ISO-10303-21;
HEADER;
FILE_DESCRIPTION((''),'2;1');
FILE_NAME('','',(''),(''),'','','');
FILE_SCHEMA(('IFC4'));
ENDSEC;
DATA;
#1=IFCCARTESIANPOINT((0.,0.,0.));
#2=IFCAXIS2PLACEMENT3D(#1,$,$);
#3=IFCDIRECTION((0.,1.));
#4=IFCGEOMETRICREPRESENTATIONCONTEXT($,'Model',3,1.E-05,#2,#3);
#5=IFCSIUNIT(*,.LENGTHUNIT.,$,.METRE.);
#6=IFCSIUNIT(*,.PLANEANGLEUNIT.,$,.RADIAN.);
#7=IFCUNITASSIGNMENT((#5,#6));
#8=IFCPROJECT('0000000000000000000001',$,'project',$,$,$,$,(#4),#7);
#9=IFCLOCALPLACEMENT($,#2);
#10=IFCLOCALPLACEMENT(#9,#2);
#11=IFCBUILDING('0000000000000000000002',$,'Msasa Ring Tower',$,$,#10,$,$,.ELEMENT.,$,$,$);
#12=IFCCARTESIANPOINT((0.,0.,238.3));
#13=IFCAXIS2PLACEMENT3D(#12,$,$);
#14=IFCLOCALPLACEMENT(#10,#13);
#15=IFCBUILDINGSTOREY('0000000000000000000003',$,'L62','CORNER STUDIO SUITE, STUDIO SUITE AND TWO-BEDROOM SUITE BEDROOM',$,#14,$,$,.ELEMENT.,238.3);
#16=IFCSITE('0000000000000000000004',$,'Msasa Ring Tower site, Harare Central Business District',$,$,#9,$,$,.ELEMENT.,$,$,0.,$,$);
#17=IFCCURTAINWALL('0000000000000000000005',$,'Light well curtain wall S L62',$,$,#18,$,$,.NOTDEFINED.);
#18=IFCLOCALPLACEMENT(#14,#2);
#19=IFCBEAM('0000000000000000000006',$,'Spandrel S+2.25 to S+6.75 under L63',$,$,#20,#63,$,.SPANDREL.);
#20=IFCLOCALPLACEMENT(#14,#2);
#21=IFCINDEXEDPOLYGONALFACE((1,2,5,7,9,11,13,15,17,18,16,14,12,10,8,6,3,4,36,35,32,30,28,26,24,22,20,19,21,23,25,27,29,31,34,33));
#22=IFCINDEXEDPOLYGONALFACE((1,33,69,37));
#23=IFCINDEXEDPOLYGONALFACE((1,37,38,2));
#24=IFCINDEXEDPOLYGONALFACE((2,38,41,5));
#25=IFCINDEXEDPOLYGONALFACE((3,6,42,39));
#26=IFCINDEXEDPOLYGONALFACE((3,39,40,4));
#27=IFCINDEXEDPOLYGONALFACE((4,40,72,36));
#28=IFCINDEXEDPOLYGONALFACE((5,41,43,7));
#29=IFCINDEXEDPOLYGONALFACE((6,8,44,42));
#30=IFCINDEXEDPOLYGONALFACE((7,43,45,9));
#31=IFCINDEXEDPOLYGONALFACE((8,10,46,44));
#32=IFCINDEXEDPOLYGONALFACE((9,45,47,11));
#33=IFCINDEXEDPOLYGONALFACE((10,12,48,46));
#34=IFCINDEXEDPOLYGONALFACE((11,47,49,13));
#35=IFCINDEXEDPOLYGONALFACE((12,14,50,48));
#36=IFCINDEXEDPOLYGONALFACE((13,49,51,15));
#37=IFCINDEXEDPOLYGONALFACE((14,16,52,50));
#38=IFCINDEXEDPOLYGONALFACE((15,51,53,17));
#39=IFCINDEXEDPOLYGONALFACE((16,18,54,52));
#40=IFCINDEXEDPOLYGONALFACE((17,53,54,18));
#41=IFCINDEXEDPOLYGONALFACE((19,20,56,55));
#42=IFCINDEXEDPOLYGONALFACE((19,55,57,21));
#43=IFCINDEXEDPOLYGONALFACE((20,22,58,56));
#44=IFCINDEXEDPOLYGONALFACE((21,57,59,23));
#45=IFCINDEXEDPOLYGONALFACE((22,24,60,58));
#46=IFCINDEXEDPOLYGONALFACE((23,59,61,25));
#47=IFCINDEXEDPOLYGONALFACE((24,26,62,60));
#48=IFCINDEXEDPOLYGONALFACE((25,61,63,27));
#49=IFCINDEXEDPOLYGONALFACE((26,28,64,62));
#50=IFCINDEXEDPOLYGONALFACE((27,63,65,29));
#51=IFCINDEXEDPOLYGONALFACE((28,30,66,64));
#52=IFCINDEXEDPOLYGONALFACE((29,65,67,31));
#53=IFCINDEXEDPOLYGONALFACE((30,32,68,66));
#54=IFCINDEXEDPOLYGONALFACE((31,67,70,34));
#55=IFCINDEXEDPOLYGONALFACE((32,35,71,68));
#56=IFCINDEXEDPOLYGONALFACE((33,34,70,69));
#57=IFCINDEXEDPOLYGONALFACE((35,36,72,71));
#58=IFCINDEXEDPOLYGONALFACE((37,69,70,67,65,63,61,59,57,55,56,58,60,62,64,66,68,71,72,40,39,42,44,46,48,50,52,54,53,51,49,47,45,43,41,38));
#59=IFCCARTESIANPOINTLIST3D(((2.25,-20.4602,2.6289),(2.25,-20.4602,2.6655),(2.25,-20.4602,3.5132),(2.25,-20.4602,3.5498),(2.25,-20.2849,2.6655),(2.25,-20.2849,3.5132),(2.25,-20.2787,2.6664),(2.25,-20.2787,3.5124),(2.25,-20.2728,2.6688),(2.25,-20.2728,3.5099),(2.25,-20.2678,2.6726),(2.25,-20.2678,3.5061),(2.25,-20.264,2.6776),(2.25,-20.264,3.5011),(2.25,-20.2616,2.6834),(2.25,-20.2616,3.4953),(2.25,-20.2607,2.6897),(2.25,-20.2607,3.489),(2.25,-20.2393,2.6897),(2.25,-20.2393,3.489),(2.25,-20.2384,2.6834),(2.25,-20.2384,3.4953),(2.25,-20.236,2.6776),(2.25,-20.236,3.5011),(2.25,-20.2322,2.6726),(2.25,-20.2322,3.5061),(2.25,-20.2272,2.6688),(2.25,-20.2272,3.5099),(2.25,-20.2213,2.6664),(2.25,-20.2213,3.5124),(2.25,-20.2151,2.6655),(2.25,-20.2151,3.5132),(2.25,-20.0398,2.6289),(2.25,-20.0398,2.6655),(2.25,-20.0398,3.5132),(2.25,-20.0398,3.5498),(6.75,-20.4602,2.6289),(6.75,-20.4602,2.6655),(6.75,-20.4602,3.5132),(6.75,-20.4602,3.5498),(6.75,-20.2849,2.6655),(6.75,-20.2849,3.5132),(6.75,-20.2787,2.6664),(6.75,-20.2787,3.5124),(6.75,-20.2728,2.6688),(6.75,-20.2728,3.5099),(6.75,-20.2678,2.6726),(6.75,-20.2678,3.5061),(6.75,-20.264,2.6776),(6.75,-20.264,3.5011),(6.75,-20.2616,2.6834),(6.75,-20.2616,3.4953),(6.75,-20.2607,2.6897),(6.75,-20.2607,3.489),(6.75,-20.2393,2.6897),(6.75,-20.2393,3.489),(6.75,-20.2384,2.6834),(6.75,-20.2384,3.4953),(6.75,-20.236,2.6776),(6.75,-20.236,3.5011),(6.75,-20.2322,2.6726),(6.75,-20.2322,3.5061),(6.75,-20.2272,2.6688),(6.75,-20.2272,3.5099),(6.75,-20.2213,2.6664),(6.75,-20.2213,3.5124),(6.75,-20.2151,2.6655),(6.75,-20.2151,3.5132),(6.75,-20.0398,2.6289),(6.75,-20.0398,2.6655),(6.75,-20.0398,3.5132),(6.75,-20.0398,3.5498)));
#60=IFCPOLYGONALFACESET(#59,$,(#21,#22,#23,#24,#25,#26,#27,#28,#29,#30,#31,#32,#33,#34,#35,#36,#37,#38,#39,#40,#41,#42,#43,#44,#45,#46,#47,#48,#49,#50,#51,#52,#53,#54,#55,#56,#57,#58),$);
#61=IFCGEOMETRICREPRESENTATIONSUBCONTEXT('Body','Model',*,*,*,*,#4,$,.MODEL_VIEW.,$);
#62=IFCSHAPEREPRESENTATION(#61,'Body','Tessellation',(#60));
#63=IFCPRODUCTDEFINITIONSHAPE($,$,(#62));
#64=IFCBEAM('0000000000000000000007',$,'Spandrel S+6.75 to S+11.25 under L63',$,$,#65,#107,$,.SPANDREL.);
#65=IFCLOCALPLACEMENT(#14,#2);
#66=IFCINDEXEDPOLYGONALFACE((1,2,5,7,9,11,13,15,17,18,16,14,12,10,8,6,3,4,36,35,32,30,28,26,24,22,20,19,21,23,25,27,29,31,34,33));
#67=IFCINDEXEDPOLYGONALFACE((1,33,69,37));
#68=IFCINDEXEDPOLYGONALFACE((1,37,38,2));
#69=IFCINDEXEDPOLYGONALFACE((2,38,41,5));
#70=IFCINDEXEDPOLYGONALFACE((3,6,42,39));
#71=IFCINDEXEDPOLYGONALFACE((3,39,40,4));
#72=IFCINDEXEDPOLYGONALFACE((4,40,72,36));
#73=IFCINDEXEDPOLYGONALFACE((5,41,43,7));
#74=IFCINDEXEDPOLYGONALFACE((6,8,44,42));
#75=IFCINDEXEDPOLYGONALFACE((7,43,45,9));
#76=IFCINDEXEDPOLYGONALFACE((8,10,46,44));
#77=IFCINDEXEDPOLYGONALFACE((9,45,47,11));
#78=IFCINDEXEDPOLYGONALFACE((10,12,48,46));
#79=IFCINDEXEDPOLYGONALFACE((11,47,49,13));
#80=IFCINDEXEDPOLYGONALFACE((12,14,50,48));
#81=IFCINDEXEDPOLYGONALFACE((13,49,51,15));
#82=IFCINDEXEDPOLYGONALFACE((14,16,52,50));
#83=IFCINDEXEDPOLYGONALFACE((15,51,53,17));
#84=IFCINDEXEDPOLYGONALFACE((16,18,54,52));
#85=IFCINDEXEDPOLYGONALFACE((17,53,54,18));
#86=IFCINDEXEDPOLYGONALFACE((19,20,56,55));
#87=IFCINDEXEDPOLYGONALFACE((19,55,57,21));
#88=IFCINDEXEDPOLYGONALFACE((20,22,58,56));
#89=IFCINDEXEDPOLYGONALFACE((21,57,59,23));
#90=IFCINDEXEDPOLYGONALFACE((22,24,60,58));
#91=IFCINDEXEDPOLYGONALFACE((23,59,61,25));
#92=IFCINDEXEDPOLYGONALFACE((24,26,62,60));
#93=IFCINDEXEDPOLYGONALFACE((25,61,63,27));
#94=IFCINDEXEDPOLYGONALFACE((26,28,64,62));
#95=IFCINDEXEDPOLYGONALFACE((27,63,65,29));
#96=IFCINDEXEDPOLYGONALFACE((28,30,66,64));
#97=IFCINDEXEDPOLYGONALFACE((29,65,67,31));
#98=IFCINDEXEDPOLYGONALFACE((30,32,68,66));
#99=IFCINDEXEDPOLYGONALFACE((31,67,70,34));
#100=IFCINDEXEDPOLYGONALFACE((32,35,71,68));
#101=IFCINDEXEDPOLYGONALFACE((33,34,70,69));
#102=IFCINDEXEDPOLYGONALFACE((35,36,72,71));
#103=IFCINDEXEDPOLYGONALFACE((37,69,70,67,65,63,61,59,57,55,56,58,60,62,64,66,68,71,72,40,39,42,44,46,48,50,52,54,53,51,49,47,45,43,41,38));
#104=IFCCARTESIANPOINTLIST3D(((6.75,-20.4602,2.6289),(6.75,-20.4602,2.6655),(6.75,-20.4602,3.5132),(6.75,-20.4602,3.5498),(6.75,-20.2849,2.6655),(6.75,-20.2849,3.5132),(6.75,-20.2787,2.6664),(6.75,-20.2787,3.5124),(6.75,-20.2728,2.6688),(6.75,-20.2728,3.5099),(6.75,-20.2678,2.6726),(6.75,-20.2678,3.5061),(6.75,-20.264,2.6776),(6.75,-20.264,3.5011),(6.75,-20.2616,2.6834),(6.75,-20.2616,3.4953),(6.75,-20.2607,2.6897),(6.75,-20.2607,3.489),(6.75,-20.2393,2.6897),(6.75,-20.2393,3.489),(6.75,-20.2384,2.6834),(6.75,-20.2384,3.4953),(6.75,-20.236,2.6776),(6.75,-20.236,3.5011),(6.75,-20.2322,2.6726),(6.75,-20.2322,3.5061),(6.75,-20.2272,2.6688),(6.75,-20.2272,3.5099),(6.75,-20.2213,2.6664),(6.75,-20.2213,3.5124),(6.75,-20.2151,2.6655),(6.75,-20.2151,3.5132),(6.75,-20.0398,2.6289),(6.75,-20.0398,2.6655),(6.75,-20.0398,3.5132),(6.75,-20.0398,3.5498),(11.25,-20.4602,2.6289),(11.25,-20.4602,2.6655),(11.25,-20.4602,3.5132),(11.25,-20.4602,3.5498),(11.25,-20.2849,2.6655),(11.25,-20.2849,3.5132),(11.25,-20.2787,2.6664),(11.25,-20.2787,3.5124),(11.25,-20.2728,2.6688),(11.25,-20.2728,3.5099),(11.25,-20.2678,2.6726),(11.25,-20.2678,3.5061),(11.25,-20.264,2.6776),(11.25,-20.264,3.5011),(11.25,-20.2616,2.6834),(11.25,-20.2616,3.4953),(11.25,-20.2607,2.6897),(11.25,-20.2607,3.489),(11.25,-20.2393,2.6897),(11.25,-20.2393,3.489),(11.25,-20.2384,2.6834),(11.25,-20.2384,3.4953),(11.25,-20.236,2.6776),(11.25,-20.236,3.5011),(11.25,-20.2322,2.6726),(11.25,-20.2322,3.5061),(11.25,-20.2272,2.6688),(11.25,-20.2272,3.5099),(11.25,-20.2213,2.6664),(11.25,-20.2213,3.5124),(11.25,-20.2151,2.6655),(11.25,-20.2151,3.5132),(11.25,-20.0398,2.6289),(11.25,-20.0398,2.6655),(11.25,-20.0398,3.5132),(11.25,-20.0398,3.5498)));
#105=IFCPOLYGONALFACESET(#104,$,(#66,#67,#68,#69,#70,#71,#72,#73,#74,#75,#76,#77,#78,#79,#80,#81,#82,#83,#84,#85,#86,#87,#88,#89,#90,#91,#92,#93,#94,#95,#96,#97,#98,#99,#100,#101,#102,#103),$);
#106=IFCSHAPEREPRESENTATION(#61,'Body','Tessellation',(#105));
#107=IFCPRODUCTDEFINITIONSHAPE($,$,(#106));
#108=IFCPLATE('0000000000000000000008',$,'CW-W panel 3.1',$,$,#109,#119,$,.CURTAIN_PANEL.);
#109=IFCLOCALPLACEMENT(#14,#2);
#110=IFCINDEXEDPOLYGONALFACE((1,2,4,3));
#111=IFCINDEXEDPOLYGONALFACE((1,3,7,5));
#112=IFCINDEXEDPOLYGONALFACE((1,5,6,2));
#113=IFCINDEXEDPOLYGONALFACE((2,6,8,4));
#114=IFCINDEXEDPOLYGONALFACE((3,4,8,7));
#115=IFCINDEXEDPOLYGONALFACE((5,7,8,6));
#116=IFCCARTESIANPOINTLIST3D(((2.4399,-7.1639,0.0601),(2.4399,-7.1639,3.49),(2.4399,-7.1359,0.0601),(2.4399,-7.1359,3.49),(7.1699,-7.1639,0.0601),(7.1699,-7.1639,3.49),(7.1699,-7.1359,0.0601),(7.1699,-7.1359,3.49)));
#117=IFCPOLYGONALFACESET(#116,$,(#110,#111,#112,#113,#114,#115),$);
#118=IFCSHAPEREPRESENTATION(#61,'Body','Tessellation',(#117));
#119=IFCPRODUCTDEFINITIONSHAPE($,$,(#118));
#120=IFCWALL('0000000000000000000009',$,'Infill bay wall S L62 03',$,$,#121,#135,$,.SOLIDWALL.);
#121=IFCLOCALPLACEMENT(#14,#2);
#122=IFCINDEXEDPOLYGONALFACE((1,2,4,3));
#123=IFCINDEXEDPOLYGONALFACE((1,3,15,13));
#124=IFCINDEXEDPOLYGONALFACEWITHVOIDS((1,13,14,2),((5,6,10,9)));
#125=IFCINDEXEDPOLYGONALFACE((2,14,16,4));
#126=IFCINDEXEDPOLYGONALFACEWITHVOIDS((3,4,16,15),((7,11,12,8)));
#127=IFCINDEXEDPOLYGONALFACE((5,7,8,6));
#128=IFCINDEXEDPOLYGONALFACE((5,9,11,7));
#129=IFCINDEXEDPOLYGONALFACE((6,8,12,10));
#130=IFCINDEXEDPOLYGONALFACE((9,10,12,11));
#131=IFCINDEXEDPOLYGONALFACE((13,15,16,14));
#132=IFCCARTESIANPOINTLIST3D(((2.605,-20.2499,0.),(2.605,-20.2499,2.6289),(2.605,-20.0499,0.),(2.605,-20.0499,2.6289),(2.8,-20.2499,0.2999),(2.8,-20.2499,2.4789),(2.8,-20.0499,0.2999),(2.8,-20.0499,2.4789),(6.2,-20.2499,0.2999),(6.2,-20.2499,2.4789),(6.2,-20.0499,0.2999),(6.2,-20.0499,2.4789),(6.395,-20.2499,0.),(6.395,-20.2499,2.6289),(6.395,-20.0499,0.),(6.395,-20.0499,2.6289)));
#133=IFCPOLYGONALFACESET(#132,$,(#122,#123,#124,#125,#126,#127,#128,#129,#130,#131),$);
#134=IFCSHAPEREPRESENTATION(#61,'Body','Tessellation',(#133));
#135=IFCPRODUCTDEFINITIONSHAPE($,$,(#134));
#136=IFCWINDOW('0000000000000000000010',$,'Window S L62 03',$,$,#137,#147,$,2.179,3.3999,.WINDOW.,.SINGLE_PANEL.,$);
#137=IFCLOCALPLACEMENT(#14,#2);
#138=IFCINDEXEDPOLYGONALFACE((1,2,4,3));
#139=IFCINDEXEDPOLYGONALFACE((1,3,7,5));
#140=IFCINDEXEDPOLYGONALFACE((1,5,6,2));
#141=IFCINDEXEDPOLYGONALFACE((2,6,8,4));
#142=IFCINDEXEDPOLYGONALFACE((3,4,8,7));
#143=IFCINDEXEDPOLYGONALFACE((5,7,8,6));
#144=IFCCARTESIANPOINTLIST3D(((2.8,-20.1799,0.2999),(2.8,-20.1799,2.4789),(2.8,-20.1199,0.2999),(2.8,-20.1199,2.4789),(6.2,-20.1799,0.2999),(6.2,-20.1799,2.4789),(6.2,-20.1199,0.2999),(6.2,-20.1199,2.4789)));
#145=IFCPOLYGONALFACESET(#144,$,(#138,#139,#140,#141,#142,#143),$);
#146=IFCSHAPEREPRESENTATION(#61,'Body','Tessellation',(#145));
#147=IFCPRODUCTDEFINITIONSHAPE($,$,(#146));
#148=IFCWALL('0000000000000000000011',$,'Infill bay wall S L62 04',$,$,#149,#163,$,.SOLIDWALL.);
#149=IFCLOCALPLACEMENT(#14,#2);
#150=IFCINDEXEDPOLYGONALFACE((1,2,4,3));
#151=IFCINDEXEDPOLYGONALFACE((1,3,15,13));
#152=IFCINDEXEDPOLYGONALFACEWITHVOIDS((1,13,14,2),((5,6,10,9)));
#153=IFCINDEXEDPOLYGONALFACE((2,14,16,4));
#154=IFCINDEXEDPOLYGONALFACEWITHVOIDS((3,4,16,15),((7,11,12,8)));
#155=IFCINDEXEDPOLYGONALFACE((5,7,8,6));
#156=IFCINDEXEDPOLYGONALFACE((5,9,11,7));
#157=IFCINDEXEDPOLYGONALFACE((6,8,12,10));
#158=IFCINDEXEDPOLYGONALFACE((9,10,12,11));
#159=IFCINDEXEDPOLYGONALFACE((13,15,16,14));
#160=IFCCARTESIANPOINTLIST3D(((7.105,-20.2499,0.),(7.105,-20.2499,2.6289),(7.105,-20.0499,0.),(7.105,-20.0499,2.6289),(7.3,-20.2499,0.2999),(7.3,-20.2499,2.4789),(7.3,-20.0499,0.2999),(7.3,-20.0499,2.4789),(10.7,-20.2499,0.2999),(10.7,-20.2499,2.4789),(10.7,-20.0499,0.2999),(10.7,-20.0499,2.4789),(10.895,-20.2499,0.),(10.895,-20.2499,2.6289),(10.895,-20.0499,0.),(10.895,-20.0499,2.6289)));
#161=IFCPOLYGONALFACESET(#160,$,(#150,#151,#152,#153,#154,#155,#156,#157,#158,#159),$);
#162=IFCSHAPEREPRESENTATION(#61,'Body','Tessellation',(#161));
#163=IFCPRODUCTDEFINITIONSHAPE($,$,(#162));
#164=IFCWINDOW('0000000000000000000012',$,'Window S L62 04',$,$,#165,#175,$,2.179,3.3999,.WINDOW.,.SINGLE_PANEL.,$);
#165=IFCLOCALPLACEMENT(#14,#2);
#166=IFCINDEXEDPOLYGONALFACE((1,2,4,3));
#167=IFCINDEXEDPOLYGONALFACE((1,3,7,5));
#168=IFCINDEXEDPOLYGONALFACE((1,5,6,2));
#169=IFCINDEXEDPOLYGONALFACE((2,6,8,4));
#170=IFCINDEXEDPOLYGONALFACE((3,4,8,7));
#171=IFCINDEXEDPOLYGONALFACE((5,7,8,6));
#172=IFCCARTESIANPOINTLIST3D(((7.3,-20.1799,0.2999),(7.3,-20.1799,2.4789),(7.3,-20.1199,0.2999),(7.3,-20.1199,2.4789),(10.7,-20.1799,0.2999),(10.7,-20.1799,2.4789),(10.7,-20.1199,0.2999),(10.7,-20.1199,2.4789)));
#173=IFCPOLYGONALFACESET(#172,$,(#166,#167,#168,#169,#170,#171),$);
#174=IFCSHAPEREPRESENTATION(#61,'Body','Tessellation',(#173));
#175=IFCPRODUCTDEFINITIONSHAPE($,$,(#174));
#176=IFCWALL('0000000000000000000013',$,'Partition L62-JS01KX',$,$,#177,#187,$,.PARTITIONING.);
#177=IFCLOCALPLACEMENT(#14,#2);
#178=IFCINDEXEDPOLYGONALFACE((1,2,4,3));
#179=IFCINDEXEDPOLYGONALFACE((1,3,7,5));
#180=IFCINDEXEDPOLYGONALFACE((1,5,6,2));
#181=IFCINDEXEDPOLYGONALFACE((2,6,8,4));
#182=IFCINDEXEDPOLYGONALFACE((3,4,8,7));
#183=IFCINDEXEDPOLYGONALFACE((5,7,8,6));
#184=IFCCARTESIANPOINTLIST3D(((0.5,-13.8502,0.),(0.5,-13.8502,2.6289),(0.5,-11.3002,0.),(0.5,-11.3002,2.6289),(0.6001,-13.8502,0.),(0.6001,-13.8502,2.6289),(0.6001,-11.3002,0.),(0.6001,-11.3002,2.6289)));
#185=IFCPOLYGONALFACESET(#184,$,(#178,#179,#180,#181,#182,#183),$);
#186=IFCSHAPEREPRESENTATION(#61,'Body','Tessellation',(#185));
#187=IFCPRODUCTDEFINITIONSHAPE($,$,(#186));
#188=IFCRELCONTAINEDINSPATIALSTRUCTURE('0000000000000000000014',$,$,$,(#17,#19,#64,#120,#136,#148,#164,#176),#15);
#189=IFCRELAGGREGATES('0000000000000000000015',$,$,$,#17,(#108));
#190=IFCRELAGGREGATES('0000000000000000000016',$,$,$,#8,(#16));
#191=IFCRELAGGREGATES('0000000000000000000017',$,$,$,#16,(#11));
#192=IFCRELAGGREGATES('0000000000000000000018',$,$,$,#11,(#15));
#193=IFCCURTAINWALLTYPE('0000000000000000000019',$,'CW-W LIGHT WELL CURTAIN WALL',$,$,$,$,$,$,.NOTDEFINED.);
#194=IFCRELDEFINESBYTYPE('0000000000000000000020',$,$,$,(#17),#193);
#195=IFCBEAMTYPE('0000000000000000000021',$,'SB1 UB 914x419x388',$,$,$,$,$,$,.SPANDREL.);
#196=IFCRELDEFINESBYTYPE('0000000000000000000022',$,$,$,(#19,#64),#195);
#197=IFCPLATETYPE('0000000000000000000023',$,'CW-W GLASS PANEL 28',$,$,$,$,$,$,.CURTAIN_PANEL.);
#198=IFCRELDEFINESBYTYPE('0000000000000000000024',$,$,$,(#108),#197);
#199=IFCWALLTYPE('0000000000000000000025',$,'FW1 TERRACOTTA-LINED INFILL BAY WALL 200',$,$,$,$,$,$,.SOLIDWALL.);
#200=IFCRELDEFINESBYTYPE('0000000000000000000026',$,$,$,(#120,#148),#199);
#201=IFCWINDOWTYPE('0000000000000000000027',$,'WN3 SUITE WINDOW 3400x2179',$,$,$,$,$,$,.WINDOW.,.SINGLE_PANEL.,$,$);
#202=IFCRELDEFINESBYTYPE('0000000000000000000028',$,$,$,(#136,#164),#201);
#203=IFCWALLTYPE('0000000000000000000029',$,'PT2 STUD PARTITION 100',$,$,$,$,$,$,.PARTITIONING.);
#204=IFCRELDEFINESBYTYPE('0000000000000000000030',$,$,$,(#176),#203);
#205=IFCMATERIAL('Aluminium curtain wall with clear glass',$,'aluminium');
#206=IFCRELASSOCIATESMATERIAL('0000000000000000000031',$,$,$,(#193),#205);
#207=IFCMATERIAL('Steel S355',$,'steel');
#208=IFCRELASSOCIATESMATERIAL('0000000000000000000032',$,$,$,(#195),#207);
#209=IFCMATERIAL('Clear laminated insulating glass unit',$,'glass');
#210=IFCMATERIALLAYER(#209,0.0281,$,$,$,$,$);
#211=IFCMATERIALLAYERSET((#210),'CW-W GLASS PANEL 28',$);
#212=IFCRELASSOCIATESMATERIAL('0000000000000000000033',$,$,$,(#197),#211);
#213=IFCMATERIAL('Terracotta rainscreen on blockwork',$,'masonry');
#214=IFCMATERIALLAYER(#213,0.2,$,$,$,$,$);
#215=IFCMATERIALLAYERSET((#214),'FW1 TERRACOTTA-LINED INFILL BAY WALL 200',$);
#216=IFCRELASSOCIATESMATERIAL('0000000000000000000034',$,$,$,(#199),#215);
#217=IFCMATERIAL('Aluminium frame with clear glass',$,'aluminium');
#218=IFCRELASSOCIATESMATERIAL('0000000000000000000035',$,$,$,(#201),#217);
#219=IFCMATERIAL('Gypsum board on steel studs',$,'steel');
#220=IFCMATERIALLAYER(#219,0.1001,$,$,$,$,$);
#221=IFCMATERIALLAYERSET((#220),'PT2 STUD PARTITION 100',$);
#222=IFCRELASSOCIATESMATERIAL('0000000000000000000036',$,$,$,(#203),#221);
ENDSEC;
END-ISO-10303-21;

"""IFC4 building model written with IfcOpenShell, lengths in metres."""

from ifc_helpers import new_model, si_unit, direction, frame, frame_2d, origin, origin_2d, place, context, subcontext, project, spatial, rectangle, i_section, extrude, material, layer, layer_set, material_profile, profile_set, type_object, element, fill, aggregate, save


model = new_model("IFC4")

# Units and contexts
model_context = context("Model", 3, precision=1e-05, world=origin(), true_north=direction((0.0, 1.0)))
body_context = subcontext(model_context, "Body", "Model", "MODEL_VIEW")
ifc_project = project(units=[si_unit("LENGTHUNIT", "METRE"), si_unit("PLANEANGLEUNIT", "RADIAN")], contexts=[model_context])

# Site, building, storey
site_placement = place(None, origin())
site = spatial("IfcSite", under=ifc_project, at=site_placement, Name="Msasa Ring Tower site, Harare Central Business District", CompositionType="ELEMENT", RefElevation=0.0)
building_placement = place(site_placement, origin())
building = spatial("IfcBuilding", under=site, at=building_placement, Name="Msasa Ring Tower", CompositionType="ELEMENT")
storey_placement = place(building_placement, frame((0.0, 0.0, 238.3)))
storey = spatial("IfcBuildingStorey", under=building, at=storey_placement, Name="L62", Description="CORNER STUDIO SUITE, STUDIO SUITE AND TWO-BEDROOM SUITE BEDROOM", CompositionType="ELEMENT", Elevation=238.3)

# Curtain wall
ifc_material_1 = material(Name="Aluminium curtain wall with clear glass", Category="aluminium")
curtain_wall_type = type_object("IfcCurtainWallType", Name="CW-W LIGHT WELL CURTAIN WALL", PredefinedType="NOTDEFINED", material=ifc_material_1)
curtain_wall_placement = place(storey_placement, origin())
curtain_wall = element("IfcCurtainWall", 1, at=curtain_wall_placement, inside=storey, type_object=curtain_wall_type, Name="Light well curtain wall S L62", PredefinedType="NOTDEFINED")

# Beams
ifc_material_2 = material(Name="Steel S355", Category="steel")
ifc_material_profile_1 = material_profile(ifc_material_2, i_section(OverallWidth=0.4204, OverallDepth=0.9209, WebThickness=0.0215, FlangeThickness=0.0366, FilletRadius=0.0242, at=origin_2d()), Name="UB 914x419x388")
ifc_profile_set_1 = profile_set([ifc_material_profile_1], Name="Steel S355")
beam_type_1 = type_object("IfcBeamType", Name="SB1 UB 914x419x388", PredefinedType="SPANDREL", material=ifc_profile_set_1)
for number, where, z_axis, x_axis, name in (
    (2, (2.25, -20.25, 3.0894), (1.0, 0.0, 0.0), (0.0, 1.0, 0.0), "Spandrel S+2.25 to S+6.75 under L63"),
    (3, (6.75, -20.25, 3.0894), (1.0, 0.0, 0.0), (0.0, 1.0, 0.0), "Spandrel S+6.75 to S+11.25 under L63"),
):
    element("IfcBeam", number, at=place(storey_placement, frame(where, z_axis=z_axis, x_axis=x_axis)), inside=storey, type_object=beam_type_1, Name=name, PredefinedType="SPANDREL", context=body_context, shape_type="SweptSolid", body=[
        extrude(i_section(OverallWidth=0.4204, OverallDepth=0.9209, WebThickness=0.0215, FlangeThickness=0.0366, FilletRadius=0.0242, at=origin_2d()), origin(), (0.0, 0.0, 1.0), 4.5),
    ])

# Plate
ifc_material_3 = material(Name="Clear laminated insulating glass unit", Category="glass")
ifc_layer_1 = layer(ifc_material_3, 0.0281)
ifc_layer_set_1 = layer_set([ifc_layer_1], Name="CW-W GLASS PANEL 28")
plate_type = type_object("IfcPlateType", Name="CW-W GLASS PANEL 28", PredefinedType="CURTAIN_PANEL", material=ifc_layer_set_1)
plate_placement = place(storey_placement, frame((4.8049, -7.1499, 0.0601), z_axis=(0.0, 0.0, 1.0), x_axis=(1.0, 0.0, 0.0)))
plate = element("IfcPlate", 4, at=plate_placement, type_object=plate_type, Name="CW-W panel 3.1", PredefinedType="CURTAIN_PANEL", context=body_context, shape_type="SweptSolid", body=[
    extrude(rectangle(XDim=4.73, YDim=0.0281, at=origin_2d()), origin(), (0.0, 0.0, 1.0), 3.4299),
])
aggregate(curtain_wall, [plate])

# Walls, openings, windows
ifc_material_4 = material(Name="Terracotta rainscreen on blockwork", Category="masonry")
ifc_layer_2 = layer(ifc_material_4, 0.2)
ifc_layer_set_2 = layer_set([ifc_layer_2], Name="FW1 TERRACOTTA-LINED INFILL BAY WALL 200")
wall_type_1 = type_object("IfcWallType", Name="FW1 TERRACOTTA-LINED INFILL BAY WALL 200", PredefinedType="SOLIDWALL", material=ifc_layer_set_2)
wall_1_placement = place(storey_placement, frame((2.605, -20.1499, 0.0), z_axis=(0.0, 0.0, 1.0), x_axis=(1.0, 0.0, 0.0)))
wall_1 = element("IfcWall", 5, at=wall_1_placement, inside=storey, type_object=wall_type_1, Name="Infill bay wall S L62 03", PredefinedType="SOLIDWALL", context=body_context, shape_type="SweptSolid", body=[
    extrude(rectangle(XDim=3.79, YDim=0.2, at=frame_2d((1.895, 0.0))), origin(), (0.0, 0.0, 1.0), 2.6289),
])
opening_1_placement = place(wall_1_placement, frame((0.1951, 0.0, 0.3)))
opening_1 = element("IfcOpeningElement", 6, at=opening_1_placement, cuts=wall_1, PredefinedType="OPENING", context=body_context, shape_type="SweptSolid", body=[
    extrude(rectangle(XDim=3.3999, YDim=2.179, at=frame_2d((1.7, 1.0894))), frame((0.0, 0.1099, 0.0), z_axis=(0.0, -1.0, 0.0), x_axis=(1.0, 0.0, 0.0)), (0.0, 0.0, 1.0), 0.22),
])
ifc_material_5 = material(Name="Aluminium frame with clear glass", Category="aluminium")
window_type = type_object("IfcWindowType", Name="WN3 SUITE WINDOW 3400x2179", PartitioningType="SINGLE_PANEL", PredefinedType="WINDOW", material=ifc_material_5)
window_1_placement = place(opening_1_placement, origin())
window_1 = element("IfcWindow", 7, at=window_1_placement, inside=storey, type_object=window_type, Name="Window S L62 03", OverallHeight=2.179, OverallWidth=3.3999, PartitioningType="SINGLE_PANEL", PredefinedType="WINDOW", context=body_context, shape_type="SweptSolid", body=[
    extrude(rectangle(XDim=3.3999, YDim=2.179, at=frame_2d((1.7, 1.0894))), frame((0.0, 0.03, 0.0), z_axis=(0.0, -1.0, 0.0), x_axis=(1.0, 0.0, 0.0)), (0.0, 0.0, 1.0), 0.0601),
])
fill(opening_1, window_1)
wall_2_placement = place(storey_placement, frame((7.105, -20.1499, 0.0), z_axis=(0.0, 0.0, 1.0), x_axis=(1.0, 0.0, 0.0)))
wall_2 = element("IfcWall", 8, at=wall_2_placement, inside=storey, type_object=wall_type_1, Name="Infill bay wall S L62 04", PredefinedType="SOLIDWALL", context=body_context, shape_type="SweptSolid", body=[
    extrude(rectangle(XDim=3.79, YDim=0.2, at=frame_2d((1.895, 0.0))), origin(), (0.0, 0.0, 1.0), 2.6289),
])
opening_2_placement = place(wall_2_placement, frame((0.1951, 0.0, 0.3)))
opening_2 = element("IfcOpeningElement", 9, at=opening_2_placement, cuts=wall_2, PredefinedType="OPENING", context=body_context, shape_type="SweptSolid", body=[
    extrude(rectangle(XDim=3.3999, YDim=2.179, at=frame_2d((1.7, 1.0894))), frame((0.0, 0.1099, 0.0), z_axis=(0.0, -1.0, 0.0), x_axis=(1.0, 0.0, 0.0)), (0.0, 0.0, 1.0), 0.22),
])
window_2_placement = place(opening_2_placement, origin())
window_2 = element("IfcWindow", 10, at=window_2_placement, inside=storey, type_object=window_type, Name="Window S L62 04", OverallHeight=2.179, OverallWidth=3.3999, PartitioningType="SINGLE_PANEL", PredefinedType="WINDOW", context=body_context, shape_type="SweptSolid", body=[
    extrude(rectangle(XDim=3.3999, YDim=2.179, at=frame_2d((1.7, 1.0894))), frame((0.0, 0.03, 0.0), z_axis=(0.0, -1.0, 0.0), x_axis=(1.0, 0.0, 0.0)), (0.0, 0.0, 1.0), 0.0601),
])
fill(opening_2, window_2)

# Wall
ifc_material_6 = material(Name="Gypsum board on steel studs", Category="steel")
ifc_layer_3 = layer(ifc_material_6, 0.1001)
ifc_layer_set_3 = layer_set([ifc_layer_3], Name="PT2 STUD PARTITION 100")
wall_type_2 = type_object("IfcWallType", Name="PT2 STUD PARTITION 100", PredefinedType="PARTITIONING", material=ifc_layer_set_3)
wall_3_placement = place(storey_placement, frame((0.55, -13.8501, 0.0), z_axis=(0.0, 0.0, 1.0), x_axis=(0.0, 1.0, 0.0)))
element("IfcWall", 11, at=wall_3_placement, inside=storey, type_object=wall_type_2, Name="Partition L62-JS01KX", PredefinedType="PARTITIONING", context=body_context, shape_type="SweptSolid", body=[
    extrude(rectangle(XDim=2.55, YDim=0.1001, at=frame_2d((1.2749, 0.0))), origin(), (0.0, 0.0, 1.0), 2.6289),
])

save(model, "model.ifc")
